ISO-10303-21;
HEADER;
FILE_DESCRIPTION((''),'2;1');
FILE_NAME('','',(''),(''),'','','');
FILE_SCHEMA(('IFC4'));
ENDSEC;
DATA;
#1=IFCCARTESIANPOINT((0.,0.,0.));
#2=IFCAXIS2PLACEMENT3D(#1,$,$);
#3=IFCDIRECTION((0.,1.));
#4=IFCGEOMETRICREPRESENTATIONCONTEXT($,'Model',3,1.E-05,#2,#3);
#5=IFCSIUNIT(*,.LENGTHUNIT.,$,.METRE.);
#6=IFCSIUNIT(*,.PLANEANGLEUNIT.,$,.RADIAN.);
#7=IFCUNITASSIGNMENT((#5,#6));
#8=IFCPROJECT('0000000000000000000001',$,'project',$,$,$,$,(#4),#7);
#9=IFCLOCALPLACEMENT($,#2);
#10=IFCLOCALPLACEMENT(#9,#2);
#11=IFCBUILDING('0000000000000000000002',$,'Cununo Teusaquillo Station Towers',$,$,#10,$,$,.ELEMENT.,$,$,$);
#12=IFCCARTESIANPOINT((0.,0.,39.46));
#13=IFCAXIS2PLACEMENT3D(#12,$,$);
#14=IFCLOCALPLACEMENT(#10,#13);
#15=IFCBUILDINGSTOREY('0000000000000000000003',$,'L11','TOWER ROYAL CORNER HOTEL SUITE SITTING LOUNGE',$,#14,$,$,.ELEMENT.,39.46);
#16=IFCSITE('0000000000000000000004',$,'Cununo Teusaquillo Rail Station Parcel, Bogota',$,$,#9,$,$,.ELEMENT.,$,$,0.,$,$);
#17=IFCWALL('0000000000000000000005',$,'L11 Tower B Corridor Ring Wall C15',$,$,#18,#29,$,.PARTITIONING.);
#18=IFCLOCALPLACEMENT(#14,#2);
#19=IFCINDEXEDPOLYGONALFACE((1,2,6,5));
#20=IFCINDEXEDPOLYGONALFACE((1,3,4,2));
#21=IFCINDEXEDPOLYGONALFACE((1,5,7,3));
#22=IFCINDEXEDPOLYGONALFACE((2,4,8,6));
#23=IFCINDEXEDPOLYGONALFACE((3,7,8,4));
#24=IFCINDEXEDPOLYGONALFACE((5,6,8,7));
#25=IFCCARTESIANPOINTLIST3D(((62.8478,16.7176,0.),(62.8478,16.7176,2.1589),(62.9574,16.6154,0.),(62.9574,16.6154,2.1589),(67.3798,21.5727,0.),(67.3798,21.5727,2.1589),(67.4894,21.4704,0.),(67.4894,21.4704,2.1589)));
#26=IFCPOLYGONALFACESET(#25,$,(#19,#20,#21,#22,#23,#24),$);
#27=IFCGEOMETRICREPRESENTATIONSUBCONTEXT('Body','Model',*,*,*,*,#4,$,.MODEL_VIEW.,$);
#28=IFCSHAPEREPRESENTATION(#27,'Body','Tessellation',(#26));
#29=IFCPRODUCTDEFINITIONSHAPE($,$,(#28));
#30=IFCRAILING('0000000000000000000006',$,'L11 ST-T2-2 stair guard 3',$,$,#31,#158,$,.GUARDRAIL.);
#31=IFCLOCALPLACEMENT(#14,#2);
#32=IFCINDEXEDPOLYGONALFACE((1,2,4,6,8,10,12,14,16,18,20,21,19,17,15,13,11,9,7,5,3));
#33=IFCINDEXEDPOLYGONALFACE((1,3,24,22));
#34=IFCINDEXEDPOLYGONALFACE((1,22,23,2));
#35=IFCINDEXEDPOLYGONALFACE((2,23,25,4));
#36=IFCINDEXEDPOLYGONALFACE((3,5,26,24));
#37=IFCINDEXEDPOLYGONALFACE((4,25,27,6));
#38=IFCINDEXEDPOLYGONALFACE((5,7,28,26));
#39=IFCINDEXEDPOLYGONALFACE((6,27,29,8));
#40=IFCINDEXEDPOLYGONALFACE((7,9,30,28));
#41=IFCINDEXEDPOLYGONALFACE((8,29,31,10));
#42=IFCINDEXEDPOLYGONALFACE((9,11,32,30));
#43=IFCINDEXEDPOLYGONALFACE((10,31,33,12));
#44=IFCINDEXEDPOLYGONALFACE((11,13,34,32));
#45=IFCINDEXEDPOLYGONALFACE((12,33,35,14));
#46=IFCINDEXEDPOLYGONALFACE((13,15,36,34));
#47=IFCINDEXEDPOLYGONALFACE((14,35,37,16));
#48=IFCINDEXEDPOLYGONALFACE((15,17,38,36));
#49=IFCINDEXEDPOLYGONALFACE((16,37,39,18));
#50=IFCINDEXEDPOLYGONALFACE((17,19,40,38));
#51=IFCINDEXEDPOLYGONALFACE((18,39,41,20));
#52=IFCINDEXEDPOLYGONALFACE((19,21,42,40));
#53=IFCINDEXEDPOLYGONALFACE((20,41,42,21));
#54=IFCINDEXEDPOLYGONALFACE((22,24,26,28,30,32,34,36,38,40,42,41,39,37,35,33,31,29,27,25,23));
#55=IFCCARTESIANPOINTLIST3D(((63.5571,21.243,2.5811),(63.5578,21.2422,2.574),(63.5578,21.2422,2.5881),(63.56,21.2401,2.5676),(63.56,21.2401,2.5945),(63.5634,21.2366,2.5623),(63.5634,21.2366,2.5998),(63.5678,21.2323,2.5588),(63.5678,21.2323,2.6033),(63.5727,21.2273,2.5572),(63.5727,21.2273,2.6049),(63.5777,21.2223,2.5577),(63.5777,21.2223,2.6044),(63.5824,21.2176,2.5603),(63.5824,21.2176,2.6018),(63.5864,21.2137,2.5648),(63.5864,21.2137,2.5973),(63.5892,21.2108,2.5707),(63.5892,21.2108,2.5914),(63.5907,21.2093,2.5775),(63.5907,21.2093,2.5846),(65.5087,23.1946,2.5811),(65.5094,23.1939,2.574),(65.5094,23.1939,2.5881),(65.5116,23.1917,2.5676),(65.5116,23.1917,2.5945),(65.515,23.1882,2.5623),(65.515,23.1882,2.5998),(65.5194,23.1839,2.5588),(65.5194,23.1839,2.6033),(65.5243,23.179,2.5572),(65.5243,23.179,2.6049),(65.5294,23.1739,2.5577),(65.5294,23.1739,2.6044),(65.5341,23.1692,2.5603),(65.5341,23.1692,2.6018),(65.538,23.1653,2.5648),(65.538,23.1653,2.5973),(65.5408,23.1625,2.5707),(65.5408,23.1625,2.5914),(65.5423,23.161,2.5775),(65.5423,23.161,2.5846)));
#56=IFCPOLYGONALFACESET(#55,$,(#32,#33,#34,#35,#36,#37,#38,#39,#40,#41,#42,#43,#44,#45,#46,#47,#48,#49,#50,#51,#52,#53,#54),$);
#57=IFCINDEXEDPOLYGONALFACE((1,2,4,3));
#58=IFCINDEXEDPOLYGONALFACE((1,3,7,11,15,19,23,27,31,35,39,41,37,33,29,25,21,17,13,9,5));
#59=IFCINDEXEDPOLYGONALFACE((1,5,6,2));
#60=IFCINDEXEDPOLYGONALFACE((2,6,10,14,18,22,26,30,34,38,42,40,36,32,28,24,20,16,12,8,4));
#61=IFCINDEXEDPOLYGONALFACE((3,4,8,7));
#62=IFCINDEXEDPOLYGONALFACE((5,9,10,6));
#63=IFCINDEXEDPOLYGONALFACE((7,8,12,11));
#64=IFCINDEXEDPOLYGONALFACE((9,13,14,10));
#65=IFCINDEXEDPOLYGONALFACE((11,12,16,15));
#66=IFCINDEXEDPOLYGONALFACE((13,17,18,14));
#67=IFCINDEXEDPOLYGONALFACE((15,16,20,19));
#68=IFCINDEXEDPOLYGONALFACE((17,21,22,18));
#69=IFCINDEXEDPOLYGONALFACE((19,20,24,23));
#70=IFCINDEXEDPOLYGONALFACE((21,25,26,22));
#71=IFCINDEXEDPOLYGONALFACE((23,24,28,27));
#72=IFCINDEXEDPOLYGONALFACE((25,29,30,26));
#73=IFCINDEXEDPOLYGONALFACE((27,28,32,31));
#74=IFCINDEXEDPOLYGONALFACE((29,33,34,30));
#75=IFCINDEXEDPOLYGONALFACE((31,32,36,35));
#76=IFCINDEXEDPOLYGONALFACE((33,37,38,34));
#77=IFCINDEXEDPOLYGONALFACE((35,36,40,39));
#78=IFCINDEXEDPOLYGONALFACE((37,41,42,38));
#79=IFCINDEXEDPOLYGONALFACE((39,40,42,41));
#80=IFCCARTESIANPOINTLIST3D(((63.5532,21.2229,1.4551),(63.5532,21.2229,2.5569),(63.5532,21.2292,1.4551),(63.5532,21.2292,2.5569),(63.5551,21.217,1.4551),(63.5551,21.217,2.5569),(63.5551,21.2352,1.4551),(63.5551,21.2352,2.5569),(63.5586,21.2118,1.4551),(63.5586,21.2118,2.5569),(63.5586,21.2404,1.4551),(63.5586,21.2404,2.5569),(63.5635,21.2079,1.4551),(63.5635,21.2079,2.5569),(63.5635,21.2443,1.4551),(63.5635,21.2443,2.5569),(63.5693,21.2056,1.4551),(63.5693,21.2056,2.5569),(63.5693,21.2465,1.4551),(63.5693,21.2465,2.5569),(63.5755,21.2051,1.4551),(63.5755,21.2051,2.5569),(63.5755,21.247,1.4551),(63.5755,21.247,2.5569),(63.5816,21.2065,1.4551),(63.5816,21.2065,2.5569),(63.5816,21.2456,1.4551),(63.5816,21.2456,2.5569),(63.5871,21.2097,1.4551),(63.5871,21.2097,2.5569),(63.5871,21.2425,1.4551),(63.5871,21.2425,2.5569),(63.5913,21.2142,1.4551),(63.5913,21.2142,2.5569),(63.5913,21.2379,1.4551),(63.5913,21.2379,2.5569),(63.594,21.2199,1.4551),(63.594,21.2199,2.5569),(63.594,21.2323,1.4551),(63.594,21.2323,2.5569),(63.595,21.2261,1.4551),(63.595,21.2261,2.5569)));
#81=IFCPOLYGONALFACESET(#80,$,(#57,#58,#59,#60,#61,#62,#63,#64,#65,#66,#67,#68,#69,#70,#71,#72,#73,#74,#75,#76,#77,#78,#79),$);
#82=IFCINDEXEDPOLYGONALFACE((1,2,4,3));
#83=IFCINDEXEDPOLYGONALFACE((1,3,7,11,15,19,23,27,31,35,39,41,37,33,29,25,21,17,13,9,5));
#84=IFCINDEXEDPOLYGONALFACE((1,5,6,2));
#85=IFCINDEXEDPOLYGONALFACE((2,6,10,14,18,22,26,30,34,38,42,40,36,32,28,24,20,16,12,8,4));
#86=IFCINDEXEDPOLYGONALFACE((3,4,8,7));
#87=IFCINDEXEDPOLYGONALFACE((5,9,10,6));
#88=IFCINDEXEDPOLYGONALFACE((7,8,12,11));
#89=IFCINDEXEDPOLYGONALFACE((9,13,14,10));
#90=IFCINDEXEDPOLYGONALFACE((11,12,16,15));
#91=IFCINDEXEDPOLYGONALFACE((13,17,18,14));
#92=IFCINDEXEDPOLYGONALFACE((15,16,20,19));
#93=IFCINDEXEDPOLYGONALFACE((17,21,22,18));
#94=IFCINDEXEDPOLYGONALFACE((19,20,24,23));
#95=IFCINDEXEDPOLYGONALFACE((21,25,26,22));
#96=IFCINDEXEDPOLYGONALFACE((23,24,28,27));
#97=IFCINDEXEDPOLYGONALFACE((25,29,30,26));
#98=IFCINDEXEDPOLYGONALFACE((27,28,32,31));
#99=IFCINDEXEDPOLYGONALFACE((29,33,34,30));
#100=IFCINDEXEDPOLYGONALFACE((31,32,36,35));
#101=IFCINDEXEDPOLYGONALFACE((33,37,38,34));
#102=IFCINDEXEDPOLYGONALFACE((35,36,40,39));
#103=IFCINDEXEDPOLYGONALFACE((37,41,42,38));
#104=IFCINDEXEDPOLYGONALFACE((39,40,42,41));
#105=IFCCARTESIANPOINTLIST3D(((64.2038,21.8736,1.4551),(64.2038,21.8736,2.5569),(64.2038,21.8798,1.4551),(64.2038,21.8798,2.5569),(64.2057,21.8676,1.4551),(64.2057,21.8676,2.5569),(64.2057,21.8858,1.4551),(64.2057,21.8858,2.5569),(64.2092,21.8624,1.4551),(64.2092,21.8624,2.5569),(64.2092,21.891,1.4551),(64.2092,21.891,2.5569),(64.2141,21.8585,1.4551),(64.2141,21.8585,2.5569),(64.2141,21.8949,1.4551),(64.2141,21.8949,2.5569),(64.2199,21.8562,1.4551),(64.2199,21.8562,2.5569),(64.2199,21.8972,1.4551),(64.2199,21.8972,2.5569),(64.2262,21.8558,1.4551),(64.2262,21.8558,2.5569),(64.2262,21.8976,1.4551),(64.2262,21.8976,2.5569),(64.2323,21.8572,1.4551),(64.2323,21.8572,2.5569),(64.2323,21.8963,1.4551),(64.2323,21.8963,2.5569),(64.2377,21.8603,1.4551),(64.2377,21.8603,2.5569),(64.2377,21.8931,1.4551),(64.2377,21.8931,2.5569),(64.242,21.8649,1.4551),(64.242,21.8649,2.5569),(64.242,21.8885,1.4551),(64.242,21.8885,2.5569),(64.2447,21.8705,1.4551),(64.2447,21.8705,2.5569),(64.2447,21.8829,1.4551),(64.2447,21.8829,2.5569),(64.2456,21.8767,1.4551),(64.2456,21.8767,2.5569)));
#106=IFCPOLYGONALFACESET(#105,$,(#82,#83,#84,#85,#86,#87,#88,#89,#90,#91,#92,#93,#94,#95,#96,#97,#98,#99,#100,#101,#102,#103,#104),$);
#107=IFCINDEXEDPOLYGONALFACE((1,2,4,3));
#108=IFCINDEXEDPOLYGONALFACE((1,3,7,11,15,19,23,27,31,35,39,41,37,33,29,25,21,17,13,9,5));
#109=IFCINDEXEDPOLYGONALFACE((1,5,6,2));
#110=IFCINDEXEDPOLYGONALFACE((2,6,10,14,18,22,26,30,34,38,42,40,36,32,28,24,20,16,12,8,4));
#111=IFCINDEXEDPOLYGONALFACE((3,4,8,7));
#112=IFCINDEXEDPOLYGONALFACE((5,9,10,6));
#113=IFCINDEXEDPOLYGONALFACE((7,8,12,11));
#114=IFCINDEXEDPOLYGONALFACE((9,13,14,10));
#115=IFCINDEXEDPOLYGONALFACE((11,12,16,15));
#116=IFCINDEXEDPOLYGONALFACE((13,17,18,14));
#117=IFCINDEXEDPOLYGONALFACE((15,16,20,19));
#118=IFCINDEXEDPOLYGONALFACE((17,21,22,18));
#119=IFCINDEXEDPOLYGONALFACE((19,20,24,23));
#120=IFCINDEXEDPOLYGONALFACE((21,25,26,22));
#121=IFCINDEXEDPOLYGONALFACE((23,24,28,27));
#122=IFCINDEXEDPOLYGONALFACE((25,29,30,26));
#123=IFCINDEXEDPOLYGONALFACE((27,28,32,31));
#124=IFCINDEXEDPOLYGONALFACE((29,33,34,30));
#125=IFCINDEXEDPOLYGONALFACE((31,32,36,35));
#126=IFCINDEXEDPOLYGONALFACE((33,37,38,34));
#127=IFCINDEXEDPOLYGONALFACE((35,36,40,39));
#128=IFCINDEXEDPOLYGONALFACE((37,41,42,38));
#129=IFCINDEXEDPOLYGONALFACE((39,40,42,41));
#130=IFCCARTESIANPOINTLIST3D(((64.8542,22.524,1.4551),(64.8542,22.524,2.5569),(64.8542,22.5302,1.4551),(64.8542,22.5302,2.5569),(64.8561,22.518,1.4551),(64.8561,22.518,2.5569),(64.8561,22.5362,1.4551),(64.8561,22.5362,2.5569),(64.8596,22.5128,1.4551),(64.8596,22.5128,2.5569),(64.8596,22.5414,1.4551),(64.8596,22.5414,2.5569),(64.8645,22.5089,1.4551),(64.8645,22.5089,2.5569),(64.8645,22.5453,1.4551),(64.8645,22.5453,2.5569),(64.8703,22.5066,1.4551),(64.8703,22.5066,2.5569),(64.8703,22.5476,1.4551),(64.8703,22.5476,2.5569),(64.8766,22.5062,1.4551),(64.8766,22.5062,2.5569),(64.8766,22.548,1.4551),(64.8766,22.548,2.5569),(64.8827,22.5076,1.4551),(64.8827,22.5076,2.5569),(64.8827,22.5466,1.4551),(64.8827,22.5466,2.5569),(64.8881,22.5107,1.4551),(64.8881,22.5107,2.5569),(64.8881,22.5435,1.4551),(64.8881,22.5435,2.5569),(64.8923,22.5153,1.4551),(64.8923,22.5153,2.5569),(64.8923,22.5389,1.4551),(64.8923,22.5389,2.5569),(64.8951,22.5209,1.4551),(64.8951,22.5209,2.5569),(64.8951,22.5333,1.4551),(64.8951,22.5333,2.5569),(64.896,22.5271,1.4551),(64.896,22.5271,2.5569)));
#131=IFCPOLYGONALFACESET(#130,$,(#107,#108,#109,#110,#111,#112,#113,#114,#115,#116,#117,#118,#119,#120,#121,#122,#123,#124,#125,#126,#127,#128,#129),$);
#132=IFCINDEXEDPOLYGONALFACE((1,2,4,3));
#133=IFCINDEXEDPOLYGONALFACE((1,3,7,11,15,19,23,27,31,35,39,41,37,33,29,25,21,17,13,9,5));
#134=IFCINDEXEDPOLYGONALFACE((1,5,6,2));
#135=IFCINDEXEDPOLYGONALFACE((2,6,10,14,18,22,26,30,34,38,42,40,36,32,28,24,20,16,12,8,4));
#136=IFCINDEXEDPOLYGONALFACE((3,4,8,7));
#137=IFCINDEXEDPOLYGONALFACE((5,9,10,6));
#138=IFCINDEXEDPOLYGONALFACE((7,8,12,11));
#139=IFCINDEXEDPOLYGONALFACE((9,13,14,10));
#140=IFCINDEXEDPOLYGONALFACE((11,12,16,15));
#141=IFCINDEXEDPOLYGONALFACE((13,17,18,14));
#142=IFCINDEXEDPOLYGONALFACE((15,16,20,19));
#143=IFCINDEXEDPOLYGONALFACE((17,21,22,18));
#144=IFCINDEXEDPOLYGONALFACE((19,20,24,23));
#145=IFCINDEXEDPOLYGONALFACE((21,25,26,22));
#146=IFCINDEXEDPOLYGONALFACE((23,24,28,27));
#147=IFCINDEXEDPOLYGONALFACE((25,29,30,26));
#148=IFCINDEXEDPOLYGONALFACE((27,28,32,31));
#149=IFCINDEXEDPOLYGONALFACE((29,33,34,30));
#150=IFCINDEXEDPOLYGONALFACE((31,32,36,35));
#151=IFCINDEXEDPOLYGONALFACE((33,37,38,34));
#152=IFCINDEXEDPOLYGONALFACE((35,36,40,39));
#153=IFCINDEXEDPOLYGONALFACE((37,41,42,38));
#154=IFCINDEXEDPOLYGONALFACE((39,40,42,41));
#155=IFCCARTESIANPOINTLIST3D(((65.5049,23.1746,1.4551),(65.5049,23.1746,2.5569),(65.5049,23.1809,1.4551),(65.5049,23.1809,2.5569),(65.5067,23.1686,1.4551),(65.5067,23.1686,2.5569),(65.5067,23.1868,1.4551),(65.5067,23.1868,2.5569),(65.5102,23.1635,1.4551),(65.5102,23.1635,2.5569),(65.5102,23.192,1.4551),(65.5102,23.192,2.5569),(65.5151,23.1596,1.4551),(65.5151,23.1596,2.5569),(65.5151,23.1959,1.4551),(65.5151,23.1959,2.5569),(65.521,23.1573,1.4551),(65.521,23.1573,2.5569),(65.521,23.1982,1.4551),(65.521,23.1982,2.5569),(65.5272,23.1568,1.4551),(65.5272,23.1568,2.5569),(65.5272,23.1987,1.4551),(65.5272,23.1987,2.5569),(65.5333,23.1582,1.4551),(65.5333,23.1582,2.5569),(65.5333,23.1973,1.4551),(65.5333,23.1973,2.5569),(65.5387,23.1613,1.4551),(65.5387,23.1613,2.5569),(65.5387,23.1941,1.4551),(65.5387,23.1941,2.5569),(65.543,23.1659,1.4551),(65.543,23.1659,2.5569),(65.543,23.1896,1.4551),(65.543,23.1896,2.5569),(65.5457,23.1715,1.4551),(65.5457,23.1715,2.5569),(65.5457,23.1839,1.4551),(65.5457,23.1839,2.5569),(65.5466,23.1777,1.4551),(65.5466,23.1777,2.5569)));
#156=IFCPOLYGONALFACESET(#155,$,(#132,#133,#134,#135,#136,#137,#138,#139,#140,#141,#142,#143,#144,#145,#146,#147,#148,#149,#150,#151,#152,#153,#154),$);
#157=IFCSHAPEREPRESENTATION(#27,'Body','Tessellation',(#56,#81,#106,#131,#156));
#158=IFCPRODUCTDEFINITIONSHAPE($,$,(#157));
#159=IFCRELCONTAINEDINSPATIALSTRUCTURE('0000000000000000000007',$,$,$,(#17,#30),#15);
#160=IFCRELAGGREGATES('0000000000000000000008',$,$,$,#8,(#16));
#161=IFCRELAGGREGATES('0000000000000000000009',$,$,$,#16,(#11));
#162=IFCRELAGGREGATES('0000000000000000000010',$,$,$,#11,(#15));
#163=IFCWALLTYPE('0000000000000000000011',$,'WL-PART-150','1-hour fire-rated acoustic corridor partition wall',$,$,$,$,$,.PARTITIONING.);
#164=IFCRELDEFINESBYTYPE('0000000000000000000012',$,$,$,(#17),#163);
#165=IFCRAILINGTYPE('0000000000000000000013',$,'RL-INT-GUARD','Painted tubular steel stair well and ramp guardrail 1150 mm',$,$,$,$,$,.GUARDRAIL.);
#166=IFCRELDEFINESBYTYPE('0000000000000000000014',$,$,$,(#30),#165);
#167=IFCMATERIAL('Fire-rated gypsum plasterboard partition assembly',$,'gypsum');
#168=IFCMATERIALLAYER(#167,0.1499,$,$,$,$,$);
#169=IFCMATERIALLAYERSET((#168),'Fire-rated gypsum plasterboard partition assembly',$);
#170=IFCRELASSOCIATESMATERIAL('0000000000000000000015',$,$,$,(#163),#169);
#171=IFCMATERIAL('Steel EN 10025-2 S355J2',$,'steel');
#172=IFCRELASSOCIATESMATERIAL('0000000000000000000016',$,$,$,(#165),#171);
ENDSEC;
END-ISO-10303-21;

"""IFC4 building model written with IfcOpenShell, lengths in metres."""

from ifc_helpers import new_model, si_unit, direction, frame, frame_2d, origin, origin_2d, place, context, subcontext, project, spatial, rectangle, circle, extrude, material, layer, layer_set, type_object, element, save


model = new_model("IFC4")

# Units and contexts
model_context = context("Model", 3, precision=1e-05, world=origin(), true_north=direction((0.0, 1.0)))
body_context = subcontext(model_context, "Body", "Model", "MODEL_VIEW")
ifc_project = project(units=[si_unit("LENGTHUNIT", "METRE"), si_unit("PLANEANGLEUNIT", "RADIAN")], contexts=[model_context])

# Site, building, storey
site_placement = place(None, origin())
site = spatial("IfcSite", under=ifc_project, at=site_placement, Name="Cununo Teusaquillo Rail Station Parcel, Bogota", CompositionType="ELEMENT", RefElevation=0.0)
building_placement = place(site_placement, origin())
building = spatial("IfcBuilding", under=site, at=building_placement, Name="Cununo Teusaquillo Station Towers", CompositionType="ELEMENT")
storey_placement = place(building_placement, frame((0.0, 0.0, 39.46)))
storey = spatial("IfcBuildingStorey", under=building, at=storey_placement, Name="L11", Description="TOWER ROYAL CORNER HOTEL SUITE SITTING LOUNGE", CompositionType="ELEMENT", Elevation=39.46)

# Wall
ifc_material_1 = material(Name="Fire-rated gypsum plasterboard partition assembly", Category="gypsum")
ifc_layer_1 = layer(ifc_material_1, 0.1499)
ifc_layer_set_1 = layer_set([ifc_layer_1], Name="Fire-rated gypsum plasterboard partition assembly")
wall_type_1 = type_object("IfcWallType", Name="WL-PART-150", Description="1-hour fire-rated acoustic corridor partition wall", PredefinedType="PARTITIONING", material=ifc_layer_set_1)
wall_1_placement = place(storey_placement, frame((62.9026, 16.6665, 0.0), z_axis=(0.0, 0.0, 1.0), x_axis=(0.682372, 0.731005, 0.0)))
element("IfcWall", 1, at=wall_1_placement, inside=storey, type_object=wall_type_1, Name="L11 Tower B Corridor Ring Wall C15", PredefinedType="PARTITIONING", context=body_context, shape_type="SweptSolid", body=[
    extrude(rectangle(XDim=6.6416, YDim=0.1499, at=frame_2d((3.3208, 0.0))), origin(), (0.0, 0.0, 1.0), 2.1589),
])

# Railing
ifc_material_2 = material(Name="Steel EN 10025-2 S355J2", Category="steel")
railing_type = type_object("IfcRailingType", Name="RL-INT-GUARD", Description="Painted tubular steel stair well and ramp guardrail 1150 mm", PredefinedType="GUARDRAIL", material=ifc_material_2)
railing_1_placement = place(storey_placement, frame((63.574, 21.2261, 1.4551)))
element("IfcRailing", 2, at=railing_1_placement, inside=storey, type_object=railing_type, Name="L11 ST-T2-2 stair guard 3", PredefinedType="GUARDRAIL", context=body_context, shape_type="SweptSolid", body=[
    extrude(circle(Radius=0.0239, at=origin_2d()), frame((0.0, 0.0, 1.126), z_axis=(0.707107, 0.707107, 0.0), x_axis=(-0.707107, 0.707107, 0.0)), (0.0, 0.0, 1.0), 2.76),
    extrude(circle(Radius=0.021, at=origin_2d()), origin(), (0.0, 0.0, 1.0), 1.1018),
    extrude(circle(Radius=0.021, at=origin_2d()), frame((0.6506, 0.6506, 0.0)), (0.0, 0.0, 1.0), 1.1018),
    extrude(circle(Radius=0.021, at=origin_2d()), frame((1.301, 1.301, 0.0)), (0.0, 0.0, 1.0), 1.1018),
    extrude(circle(Radius=0.021, at=origin_2d()), frame((1.9517, 1.9517, 0.0)), (0.0, 0.0, 1.0), 1.1018),
])

save(model, "model.ifc")
